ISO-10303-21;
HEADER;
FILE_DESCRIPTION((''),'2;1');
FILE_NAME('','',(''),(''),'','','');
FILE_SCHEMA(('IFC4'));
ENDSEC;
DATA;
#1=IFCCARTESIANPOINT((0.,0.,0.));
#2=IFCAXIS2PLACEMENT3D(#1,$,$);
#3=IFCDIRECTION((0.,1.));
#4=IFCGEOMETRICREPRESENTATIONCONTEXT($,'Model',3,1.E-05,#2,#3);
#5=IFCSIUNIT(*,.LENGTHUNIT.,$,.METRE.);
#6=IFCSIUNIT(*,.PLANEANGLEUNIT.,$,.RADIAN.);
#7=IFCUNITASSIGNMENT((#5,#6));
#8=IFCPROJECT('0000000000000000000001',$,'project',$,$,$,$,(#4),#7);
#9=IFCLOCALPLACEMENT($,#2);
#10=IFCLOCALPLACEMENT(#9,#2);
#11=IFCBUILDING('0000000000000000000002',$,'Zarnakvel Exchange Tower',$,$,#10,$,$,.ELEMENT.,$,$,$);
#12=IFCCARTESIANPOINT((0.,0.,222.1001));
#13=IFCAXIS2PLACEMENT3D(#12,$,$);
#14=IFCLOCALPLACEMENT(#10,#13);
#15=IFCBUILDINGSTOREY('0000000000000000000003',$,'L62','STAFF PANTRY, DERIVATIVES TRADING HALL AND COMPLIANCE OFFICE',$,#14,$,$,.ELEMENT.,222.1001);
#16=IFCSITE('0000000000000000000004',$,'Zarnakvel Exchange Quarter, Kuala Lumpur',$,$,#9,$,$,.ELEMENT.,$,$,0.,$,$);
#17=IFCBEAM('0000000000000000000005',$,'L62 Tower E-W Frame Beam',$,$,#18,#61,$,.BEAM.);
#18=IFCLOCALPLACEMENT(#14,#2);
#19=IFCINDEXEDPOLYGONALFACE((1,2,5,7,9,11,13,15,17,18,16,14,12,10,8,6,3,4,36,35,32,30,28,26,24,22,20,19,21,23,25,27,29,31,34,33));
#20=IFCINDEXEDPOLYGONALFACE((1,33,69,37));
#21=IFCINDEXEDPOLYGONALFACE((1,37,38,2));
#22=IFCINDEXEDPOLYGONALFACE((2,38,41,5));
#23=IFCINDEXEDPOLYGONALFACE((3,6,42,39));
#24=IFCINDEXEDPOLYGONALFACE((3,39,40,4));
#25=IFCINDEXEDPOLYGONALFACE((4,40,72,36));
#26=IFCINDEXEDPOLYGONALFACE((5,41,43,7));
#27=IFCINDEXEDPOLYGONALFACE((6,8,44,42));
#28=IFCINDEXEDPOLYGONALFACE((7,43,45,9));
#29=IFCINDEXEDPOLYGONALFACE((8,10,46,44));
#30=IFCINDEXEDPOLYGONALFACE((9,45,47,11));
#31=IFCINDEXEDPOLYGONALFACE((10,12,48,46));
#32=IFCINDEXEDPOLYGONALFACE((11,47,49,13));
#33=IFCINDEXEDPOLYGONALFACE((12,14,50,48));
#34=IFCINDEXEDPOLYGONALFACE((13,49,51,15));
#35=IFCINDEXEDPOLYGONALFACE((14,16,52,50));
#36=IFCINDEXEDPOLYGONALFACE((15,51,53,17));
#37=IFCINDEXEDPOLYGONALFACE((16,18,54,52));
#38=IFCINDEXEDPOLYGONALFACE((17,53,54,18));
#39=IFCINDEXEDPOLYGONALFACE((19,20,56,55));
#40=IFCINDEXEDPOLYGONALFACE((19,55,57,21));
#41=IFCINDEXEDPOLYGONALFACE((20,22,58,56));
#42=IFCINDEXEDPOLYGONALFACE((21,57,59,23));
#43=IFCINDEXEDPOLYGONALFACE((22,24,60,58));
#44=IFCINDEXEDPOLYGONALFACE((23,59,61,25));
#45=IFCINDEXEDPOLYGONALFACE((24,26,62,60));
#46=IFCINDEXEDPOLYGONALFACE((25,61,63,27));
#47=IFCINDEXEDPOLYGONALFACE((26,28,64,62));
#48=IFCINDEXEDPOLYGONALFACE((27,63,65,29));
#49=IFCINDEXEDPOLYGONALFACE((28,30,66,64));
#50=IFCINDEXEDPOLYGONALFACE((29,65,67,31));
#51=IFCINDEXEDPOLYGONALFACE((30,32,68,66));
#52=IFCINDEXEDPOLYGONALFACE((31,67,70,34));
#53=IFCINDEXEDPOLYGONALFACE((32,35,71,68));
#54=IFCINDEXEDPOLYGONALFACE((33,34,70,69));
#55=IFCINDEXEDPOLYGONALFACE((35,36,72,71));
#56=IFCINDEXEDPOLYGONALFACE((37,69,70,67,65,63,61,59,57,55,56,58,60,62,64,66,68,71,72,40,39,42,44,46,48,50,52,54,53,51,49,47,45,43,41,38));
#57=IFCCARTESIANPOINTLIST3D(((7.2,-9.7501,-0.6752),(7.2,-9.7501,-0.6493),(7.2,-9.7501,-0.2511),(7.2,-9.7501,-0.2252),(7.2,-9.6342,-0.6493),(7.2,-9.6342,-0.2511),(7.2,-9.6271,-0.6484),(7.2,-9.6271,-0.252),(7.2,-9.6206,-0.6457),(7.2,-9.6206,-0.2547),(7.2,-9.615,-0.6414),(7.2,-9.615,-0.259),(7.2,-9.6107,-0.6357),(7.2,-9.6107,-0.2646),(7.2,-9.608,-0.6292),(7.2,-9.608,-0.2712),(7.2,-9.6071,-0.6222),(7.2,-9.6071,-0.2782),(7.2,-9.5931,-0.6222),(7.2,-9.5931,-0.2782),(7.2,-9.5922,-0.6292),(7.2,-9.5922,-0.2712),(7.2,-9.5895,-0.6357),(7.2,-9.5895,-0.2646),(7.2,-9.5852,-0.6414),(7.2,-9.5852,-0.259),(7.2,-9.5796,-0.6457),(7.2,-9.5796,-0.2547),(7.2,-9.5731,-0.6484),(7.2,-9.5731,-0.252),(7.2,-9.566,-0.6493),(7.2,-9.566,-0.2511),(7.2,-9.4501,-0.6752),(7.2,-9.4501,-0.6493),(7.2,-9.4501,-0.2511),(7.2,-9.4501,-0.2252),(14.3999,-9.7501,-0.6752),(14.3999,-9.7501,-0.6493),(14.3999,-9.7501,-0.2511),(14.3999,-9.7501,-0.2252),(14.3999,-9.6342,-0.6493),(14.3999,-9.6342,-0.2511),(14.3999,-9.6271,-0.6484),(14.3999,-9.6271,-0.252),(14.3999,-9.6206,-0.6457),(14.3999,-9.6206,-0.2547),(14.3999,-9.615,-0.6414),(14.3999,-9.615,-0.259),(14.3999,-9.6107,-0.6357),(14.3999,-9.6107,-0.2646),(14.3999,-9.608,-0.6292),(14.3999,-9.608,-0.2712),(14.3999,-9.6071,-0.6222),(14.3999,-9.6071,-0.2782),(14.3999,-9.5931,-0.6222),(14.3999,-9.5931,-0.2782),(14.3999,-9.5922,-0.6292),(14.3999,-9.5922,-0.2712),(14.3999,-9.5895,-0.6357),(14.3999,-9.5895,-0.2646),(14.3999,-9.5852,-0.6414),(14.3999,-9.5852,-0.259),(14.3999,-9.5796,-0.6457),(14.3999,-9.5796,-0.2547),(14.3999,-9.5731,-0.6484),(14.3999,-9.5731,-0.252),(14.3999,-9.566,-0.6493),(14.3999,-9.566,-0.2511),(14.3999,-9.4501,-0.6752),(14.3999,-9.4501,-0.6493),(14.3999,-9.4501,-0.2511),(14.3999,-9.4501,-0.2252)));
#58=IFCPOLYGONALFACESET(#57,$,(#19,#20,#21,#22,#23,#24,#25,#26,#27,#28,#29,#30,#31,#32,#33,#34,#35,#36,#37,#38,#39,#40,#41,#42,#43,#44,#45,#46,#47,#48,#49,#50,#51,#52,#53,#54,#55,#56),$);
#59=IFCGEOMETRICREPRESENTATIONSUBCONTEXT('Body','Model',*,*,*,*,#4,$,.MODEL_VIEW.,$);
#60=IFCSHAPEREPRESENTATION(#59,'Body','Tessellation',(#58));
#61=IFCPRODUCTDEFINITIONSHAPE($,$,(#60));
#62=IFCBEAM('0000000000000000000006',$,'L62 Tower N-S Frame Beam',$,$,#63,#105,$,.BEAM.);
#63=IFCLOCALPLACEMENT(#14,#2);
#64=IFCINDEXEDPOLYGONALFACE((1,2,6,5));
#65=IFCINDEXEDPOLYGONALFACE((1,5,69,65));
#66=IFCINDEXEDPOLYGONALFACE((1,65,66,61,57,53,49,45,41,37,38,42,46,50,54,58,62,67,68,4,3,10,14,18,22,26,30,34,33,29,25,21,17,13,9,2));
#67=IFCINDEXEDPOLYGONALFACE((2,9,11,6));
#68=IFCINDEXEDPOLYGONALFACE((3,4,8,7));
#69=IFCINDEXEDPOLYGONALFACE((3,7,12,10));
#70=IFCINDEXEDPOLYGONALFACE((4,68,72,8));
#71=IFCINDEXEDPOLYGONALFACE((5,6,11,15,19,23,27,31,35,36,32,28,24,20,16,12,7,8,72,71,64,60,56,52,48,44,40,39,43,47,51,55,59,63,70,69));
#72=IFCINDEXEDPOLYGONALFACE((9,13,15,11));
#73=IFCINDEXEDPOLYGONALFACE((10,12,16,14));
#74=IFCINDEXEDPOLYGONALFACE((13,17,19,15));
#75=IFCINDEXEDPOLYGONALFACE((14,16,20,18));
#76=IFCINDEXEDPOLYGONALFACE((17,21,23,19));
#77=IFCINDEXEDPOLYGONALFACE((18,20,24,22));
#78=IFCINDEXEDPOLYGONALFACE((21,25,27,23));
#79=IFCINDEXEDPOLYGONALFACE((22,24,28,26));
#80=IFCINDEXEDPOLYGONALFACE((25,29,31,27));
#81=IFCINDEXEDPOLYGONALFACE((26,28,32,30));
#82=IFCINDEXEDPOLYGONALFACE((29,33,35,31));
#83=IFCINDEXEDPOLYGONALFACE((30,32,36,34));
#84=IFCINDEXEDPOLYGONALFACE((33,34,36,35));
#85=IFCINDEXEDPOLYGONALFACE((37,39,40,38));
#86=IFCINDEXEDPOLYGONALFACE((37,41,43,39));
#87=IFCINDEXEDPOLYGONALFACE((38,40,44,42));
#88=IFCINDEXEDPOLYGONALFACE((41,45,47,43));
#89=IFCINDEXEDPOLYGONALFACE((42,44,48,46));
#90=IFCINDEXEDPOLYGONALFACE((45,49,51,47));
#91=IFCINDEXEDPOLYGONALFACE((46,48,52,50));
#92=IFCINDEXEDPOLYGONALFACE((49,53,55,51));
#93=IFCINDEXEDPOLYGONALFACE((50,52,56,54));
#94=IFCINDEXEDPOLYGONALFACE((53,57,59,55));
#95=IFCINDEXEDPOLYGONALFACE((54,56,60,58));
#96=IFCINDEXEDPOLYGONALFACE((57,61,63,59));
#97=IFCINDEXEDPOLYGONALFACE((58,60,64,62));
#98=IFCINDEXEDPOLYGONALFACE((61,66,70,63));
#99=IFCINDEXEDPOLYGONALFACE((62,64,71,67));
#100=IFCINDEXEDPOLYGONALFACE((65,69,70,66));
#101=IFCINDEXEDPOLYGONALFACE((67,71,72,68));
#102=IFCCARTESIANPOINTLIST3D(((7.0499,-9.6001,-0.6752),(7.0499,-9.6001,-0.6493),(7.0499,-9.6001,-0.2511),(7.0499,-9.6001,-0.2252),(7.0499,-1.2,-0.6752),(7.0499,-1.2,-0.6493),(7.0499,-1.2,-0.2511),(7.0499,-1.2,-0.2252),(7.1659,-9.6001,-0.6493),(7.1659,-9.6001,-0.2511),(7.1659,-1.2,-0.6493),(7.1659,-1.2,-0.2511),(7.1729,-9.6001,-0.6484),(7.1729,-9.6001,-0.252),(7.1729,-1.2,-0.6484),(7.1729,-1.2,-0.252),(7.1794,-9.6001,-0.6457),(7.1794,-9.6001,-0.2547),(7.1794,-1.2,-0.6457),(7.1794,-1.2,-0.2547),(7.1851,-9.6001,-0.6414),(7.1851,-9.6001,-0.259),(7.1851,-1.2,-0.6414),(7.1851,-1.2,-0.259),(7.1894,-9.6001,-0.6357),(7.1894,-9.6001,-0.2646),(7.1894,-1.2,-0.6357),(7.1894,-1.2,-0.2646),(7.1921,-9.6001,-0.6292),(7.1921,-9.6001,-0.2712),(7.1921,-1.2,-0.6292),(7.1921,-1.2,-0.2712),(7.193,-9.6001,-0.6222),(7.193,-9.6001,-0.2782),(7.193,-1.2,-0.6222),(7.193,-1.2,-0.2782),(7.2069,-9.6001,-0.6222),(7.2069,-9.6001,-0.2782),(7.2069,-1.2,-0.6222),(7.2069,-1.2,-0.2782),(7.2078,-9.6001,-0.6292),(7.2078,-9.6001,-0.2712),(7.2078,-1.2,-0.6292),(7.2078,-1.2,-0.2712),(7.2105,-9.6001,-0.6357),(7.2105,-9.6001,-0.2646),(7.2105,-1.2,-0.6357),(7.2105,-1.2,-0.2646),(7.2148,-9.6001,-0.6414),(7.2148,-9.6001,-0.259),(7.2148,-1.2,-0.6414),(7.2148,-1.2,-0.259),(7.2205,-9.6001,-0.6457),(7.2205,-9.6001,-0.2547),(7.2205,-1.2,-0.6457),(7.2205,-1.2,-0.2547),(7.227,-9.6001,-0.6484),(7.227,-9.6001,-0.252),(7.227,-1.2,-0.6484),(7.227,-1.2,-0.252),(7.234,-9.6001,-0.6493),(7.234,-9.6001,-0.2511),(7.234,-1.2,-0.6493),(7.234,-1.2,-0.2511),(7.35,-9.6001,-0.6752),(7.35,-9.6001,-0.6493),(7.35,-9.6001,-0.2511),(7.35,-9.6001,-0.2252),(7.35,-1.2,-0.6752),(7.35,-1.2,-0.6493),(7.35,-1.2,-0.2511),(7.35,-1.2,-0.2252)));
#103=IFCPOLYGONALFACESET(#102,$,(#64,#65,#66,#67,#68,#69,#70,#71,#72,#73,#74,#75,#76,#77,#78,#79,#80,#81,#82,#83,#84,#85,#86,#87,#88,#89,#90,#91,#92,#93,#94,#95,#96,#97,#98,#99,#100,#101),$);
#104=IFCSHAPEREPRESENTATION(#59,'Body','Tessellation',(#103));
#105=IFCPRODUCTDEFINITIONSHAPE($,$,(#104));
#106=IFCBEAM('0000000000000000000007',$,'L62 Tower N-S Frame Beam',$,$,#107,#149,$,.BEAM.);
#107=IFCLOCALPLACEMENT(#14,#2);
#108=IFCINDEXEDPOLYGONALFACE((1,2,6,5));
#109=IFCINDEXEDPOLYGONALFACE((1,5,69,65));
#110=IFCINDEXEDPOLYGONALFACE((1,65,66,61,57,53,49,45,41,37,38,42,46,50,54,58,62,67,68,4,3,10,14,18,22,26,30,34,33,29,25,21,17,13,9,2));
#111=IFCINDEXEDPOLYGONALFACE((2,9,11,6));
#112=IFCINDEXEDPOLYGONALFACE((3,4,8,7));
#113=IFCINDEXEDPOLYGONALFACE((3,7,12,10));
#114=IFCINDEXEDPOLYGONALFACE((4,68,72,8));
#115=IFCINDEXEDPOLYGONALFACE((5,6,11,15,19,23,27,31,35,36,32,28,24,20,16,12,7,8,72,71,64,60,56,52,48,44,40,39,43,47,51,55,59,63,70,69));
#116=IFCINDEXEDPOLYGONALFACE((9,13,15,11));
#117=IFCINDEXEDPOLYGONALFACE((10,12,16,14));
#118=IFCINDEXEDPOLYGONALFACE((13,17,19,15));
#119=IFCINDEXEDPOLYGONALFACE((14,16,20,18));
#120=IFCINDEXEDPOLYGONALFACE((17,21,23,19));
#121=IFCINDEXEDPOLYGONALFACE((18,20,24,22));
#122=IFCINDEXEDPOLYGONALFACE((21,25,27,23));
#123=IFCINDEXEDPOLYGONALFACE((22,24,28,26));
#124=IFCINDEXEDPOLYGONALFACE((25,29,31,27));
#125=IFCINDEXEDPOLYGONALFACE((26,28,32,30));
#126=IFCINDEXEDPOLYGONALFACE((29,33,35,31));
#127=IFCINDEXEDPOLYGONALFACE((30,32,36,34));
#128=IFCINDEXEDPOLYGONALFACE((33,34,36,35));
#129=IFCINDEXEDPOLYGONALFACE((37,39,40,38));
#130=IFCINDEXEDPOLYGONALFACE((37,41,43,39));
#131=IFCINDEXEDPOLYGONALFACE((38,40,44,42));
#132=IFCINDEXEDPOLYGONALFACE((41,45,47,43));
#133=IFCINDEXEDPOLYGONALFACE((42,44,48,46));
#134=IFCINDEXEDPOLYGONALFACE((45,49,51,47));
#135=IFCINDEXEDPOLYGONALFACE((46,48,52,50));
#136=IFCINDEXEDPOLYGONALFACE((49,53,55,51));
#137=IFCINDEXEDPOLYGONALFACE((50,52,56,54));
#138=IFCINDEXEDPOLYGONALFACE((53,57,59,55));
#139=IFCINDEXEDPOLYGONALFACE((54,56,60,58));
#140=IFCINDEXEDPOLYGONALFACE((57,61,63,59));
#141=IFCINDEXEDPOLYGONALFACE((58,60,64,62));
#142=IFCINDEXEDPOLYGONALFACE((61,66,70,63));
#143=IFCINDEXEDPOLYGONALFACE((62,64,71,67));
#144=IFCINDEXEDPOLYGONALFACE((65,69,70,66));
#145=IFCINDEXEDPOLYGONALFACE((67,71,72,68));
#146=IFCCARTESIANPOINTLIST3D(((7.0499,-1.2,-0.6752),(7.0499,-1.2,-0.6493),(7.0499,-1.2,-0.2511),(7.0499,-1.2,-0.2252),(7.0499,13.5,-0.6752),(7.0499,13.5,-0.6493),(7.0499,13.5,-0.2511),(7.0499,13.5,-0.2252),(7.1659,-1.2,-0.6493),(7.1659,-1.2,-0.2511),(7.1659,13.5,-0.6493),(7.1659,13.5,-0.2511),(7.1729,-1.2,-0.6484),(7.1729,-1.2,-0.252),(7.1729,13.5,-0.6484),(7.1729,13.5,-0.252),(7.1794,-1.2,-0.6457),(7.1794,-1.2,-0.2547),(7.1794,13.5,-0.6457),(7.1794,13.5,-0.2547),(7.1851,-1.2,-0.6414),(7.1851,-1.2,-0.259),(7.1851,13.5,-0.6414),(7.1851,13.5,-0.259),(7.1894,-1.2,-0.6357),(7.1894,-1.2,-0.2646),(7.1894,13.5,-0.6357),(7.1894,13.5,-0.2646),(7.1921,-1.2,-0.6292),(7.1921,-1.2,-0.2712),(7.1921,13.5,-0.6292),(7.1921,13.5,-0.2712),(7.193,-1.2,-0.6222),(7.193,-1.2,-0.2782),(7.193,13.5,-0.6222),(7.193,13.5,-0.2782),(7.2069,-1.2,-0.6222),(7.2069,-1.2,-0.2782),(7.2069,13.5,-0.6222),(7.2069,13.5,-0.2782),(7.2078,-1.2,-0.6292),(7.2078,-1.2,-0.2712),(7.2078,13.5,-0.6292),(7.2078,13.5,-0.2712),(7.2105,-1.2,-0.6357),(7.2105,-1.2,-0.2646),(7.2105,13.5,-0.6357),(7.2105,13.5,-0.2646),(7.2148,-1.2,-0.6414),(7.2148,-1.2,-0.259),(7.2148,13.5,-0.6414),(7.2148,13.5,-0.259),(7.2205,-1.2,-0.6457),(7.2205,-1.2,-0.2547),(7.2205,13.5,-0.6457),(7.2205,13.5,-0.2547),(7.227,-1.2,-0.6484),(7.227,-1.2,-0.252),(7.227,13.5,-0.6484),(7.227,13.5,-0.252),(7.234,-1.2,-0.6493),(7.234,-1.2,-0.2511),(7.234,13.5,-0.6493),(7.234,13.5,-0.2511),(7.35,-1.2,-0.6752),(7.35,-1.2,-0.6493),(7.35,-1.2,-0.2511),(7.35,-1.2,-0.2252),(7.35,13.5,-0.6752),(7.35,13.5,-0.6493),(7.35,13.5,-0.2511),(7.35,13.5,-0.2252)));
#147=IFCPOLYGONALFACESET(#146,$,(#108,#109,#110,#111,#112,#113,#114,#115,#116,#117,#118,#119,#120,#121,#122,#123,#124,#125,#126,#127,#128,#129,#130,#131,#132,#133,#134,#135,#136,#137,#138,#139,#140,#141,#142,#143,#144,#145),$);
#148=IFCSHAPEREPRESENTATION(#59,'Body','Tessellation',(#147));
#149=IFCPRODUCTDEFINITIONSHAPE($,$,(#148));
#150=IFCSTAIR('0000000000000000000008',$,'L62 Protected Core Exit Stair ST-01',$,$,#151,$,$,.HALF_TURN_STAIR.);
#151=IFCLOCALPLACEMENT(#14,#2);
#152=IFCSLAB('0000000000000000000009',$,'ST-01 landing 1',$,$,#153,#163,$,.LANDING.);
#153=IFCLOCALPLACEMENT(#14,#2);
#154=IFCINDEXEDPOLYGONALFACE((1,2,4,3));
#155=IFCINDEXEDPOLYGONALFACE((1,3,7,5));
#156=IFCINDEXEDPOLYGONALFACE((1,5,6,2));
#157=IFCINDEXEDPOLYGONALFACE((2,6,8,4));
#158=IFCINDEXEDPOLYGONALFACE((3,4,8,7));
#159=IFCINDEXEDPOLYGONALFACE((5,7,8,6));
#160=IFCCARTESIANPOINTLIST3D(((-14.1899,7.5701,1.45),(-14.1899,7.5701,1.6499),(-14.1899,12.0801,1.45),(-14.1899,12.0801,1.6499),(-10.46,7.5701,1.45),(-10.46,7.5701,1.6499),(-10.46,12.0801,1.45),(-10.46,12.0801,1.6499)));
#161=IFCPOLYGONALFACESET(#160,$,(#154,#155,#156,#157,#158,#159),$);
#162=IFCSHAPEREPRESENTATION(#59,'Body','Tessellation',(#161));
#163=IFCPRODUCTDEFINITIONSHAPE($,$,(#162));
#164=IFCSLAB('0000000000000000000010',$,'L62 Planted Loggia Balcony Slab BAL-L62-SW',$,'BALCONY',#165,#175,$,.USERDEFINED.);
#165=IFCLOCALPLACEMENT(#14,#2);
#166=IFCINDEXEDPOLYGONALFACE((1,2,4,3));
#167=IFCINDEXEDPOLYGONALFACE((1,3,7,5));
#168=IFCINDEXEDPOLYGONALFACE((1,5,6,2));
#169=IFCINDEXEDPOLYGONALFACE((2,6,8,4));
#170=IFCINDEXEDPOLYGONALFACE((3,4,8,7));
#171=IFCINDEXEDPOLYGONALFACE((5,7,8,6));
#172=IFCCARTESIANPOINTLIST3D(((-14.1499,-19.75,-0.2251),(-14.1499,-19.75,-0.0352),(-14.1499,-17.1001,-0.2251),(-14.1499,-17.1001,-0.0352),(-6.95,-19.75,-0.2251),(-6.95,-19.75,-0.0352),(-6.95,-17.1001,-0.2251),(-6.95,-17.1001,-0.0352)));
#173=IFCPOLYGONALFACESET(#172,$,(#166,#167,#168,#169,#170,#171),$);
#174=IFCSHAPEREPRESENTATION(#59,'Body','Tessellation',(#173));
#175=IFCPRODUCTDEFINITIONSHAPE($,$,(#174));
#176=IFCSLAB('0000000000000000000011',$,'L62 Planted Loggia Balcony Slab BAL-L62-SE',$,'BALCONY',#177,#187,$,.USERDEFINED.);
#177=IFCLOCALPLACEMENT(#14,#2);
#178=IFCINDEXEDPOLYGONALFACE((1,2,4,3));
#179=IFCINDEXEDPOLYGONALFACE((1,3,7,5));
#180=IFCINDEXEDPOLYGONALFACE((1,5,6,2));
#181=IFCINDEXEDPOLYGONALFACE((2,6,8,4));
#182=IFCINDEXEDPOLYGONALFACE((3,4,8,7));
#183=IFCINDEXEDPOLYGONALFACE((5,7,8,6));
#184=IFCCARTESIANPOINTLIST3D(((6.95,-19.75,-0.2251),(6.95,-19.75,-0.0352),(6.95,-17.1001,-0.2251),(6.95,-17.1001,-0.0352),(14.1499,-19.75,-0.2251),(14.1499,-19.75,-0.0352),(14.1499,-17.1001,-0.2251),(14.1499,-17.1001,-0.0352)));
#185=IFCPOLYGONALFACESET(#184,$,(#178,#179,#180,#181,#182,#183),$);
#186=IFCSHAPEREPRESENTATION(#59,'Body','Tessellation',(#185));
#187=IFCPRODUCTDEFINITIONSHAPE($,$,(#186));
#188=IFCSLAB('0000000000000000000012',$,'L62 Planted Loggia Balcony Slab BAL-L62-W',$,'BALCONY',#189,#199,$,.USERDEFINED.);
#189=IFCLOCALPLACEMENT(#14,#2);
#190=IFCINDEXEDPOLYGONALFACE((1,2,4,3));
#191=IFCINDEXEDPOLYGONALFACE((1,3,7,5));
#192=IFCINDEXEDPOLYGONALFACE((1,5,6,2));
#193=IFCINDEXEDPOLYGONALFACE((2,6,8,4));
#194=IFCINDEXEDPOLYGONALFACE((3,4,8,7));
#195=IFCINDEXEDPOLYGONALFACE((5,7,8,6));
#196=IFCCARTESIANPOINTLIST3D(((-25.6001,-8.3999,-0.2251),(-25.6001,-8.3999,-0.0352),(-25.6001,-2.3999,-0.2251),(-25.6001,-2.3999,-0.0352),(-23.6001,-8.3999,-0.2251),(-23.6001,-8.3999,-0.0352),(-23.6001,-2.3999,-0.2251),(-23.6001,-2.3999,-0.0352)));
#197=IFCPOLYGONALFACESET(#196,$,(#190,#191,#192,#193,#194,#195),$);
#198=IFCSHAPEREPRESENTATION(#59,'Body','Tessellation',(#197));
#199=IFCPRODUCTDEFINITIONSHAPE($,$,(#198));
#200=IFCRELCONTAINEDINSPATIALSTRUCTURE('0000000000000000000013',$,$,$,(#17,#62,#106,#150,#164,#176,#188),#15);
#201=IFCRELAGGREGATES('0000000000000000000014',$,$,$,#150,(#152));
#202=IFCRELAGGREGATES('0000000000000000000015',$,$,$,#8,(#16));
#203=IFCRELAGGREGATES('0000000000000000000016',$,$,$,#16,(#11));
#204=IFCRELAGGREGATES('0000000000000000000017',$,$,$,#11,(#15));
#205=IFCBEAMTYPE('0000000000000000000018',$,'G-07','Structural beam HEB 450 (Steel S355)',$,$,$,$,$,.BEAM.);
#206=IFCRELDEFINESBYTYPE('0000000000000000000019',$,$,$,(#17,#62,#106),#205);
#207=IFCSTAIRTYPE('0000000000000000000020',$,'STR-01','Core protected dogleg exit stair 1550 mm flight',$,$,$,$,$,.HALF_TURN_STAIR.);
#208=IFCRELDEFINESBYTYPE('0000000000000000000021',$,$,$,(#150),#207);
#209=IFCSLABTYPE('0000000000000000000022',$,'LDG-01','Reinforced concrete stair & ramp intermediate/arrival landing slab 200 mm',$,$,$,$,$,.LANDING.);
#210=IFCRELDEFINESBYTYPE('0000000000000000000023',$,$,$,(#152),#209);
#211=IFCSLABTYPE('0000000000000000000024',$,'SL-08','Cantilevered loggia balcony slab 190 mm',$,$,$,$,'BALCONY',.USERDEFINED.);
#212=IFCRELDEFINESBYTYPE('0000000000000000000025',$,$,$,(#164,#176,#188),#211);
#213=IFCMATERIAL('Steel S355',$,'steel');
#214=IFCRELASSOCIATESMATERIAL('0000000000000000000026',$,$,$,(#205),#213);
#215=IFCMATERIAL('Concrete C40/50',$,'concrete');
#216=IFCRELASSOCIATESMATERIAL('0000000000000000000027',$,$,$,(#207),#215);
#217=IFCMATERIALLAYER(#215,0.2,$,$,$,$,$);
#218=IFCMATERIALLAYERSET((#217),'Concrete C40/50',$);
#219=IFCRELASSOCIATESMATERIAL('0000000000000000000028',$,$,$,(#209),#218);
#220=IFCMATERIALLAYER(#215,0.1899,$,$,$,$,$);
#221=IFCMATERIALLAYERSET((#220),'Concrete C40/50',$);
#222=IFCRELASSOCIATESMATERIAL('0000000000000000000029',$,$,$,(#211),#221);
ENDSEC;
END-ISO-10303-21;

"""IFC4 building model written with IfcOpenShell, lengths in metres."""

from ifc_helpers import new_model, si_unit, direction, frame, origin, origin_2d, place, context, subcontext, project, spatial, polyline, i_section, outline, extrude, material, layer, layer_set, material_profile, profile_set, type_object, element, aggregate, save


model = new_model("IFC4")

# Units and contexts
model_context = context("Model", 3, precision=1e-05, world=origin(), true_north=direction((0.0, 1.0)))
body_context = subcontext(model_context, "Body", "Model", "MODEL_VIEW")
ifc_project = project(units=[si_unit("LENGTHUNIT", "METRE"), si_unit("PLANEANGLEUNIT", "RADIAN")], contexts=[model_context])

# Site, building, storey
site_placement = place(None, origin())
site = spatial("IfcSite", under=ifc_project, at=site_placement, Name="Zarnakvel Exchange Quarter, Kuala Lumpur", CompositionType="ELEMENT", RefElevation=0.0)
building_placement = place(site_placement, origin())
building = spatial("IfcBuilding", under=site, at=building_placement, Name="Zarnakvel Exchange Tower", CompositionType="ELEMENT")
storey_placement = place(building_placement, frame((0.0, 0.0, 222.1001)))
storey = spatial("IfcBuildingStorey", under=building, at=storey_placement, Name="L62", Description="STAFF PANTRY, DERIVATIVES TRADING HALL AND COMPLIANCE OFFICE", CompositionType="ELEMENT", Elevation=222.1001)

# Beams
ifc_material_1 = material(Name="Steel S355", Category="steel")
ifc_material_profile_1 = material_profile(ifc_material_1, i_section(OverallWidth=0.3, OverallDepth=0.45, WebThickness=0.0139, FlangeThickness=0.0259, FilletRadius=0.0271, at=origin_2d()))
ifc_profile_set_1 = profile_set([ifc_material_profile_1], Name="Steel S355")
beam_type_1 = type_object("IfcBeamType", Name="G-07", Description="Structural beam HEB 450 (Steel S355)", PredefinedType="BEAM", material=ifc_profile_set_1)
beam_1_placement = place(storey_placement, frame((7.2, -9.6001, -0.4502), z_axis=(1.0, 0.0, 0.0), x_axis=(0.0, 1.0, 0.0)))
element("IfcBeam", 1, at=beam_1_placement, inside=storey, type_object=beam_type_1, Name="L62 Tower E-W Frame Beam", PredefinedType="BEAM", context=body_context, shape_type="SweptSolid", body=[
    extrude(i_section(OverallWidth=0.3, OverallDepth=0.45, WebThickness=0.0139, FlangeThickness=0.0259, FilletRadius=0.0271, at=origin_2d()), origin(), (0.0, 0.0, 1.0), 7.2),
])
beam_2_placement = place(storey_placement, frame((7.2, -9.6001, -0.4502), z_axis=(0.0, 1.0, 0.0), x_axis=(-1.0, 0.0, 0.0)))
element("IfcBeam", 2, at=beam_2_placement, inside=storey, type_object=beam_type_1, Name="L62 Tower N-S Frame Beam", PredefinedType="BEAM", context=body_context, shape_type="SweptSolid", body=[
    extrude(i_section(OverallWidth=0.3, OverallDepth=0.45, WebThickness=0.0139, FlangeThickness=0.0259, FilletRadius=0.0271, at=origin_2d()), origin(), (0.0, 0.0, 1.0), 8.4001),
])
beam_3_placement = place(storey_placement, frame((7.2, -1.2, -0.4502), z_axis=(0.0, 1.0, 0.0), x_axis=(-1.0, 0.0, 0.0)))
element("IfcBeam", 3, at=beam_3_placement, inside=storey, type_object=beam_type_1, Name="L62 Tower N-S Frame Beam", PredefinedType="BEAM", context=body_context, shape_type="SweptSolid", body=[
    extrude(i_section(OverallWidth=0.3, OverallDepth=0.45, WebThickness=0.0139, FlangeThickness=0.0259, FilletRadius=0.0271, at=origin_2d()), origin(), (0.0, 0.0, 1.0), 14.7),
])

# Stair, slab
ifc_material_2 = material(Name="Concrete C40/50", Category="concrete")
stair_type = type_object("IfcStairType", Name="STR-01", Description="Core protected dogleg exit stair 1550 mm flight", PredefinedType="HALF_TURN_STAIR", material=ifc_material_2)
stair_placement = place(storey_placement, origin())
stair = element("IfcStair", 4, at=stair_placement, inside=storey, type_object=stair_type, Name="L62 Protected Core Exit Stair ST-01", PredefinedType="HALF_TURN_STAIR")
ifc_layer_1 = layer(ifc_material_2, 0.2)
ifc_layer_set_1 = layer_set([ifc_layer_1], Name="Concrete C40/50")
slab_type_1 = type_object("IfcSlabType", Name="LDG-01", Description="Reinforced concrete stair & ramp intermediate/arrival landing slab 200 mm", PredefinedType="LANDING", material=ifc_layer_set_1)
slab_1_placement = place(storey_placement, frame((0.0, 0.0, 1.45)))
slab_1 = element("IfcSlab", 5, at=slab_1_placement, type_object=slab_type_1, Name="ST-01 landing 1", PredefinedType="LANDING", context=body_context, shape_type="SweptSolid", body=[
    extrude(outline(polyline([(-14.1899, 7.5701), (-10.46, 7.5701), (-10.46, 12.0801), (-14.1899, 12.0801), (-14.1899, 7.5701)])), origin(), (0.0, 0.0, 1.0), 0.2),
])
aggregate(stair, [slab_1])

# Slabs
ifc_layer_2 = layer(ifc_material_2, 0.1899)
ifc_layer_set_2 = layer_set([ifc_layer_2], Name="Concrete C40/50")
slab_type_2 = type_object("IfcSlabType", Name="SL-08", Description="Cantilevered loggia balcony slab 190 mm", ElementType="BALCONY", PredefinedType="USERDEFINED", material=ifc_layer_set_2)
slab_2_placement = place(storey_placement, frame((0.0, 0.0, -0.2251)))
element("IfcSlab", 6, at=slab_2_placement, inside=storey, type_object=slab_type_2, Name="L62 Planted Loggia Balcony Slab BAL-L62-SW", ObjectType="BALCONY", PredefinedType="USERDEFINED", context=body_context, shape_type="SweptSolid", body=[
    extrude(outline(polyline([(-14.1499, -19.75), (-6.95, -19.75), (-6.95, -17.1001), (-14.1499, -17.1001), (-14.1499, -19.75)])), origin(), (0.0, 0.0, 1.0), 0.1899),
])
slab_3_placement = place(storey_placement, frame((0.0, 0.0, -0.2251)))
element("IfcSlab", 7, at=slab_3_placement, inside=storey, type_object=slab_type_2, Name="L62 Planted Loggia Balcony Slab BAL-L62-SE", ObjectType="BALCONY", PredefinedType="USERDEFINED", context=body_context, shape_type="SweptSolid", body=[
    extrude(outline(polyline([(6.95, -19.75), (14.1499, -19.75), (14.1499, -17.1001), (6.95, -17.1001), (6.95, -19.75)])), origin(), (0.0, 0.0, 1.0), 0.1899),
])
slab_4_placement = place(storey_placement, frame((0.0, 0.0, -0.2251)))
element("IfcSlab", 8, at=slab_4_placement, inside=storey, type_object=slab_type_2, Name="L62 Planted Loggia Balcony Slab BAL-L62-W", ObjectType="BALCONY", PredefinedType="USERDEFINED", context=body_context, shape_type="SweptSolid", body=[
    extrude(outline(polyline([(-25.6001, -8.3999), (-23.6001, -8.3999), (-23.6001, -2.3999), (-25.6001, -2.3999), (-25.6001, -8.3999)])), origin(), (0.0, 0.0, 1.0), 0.1899),
])

save(model, "model.ifc")
